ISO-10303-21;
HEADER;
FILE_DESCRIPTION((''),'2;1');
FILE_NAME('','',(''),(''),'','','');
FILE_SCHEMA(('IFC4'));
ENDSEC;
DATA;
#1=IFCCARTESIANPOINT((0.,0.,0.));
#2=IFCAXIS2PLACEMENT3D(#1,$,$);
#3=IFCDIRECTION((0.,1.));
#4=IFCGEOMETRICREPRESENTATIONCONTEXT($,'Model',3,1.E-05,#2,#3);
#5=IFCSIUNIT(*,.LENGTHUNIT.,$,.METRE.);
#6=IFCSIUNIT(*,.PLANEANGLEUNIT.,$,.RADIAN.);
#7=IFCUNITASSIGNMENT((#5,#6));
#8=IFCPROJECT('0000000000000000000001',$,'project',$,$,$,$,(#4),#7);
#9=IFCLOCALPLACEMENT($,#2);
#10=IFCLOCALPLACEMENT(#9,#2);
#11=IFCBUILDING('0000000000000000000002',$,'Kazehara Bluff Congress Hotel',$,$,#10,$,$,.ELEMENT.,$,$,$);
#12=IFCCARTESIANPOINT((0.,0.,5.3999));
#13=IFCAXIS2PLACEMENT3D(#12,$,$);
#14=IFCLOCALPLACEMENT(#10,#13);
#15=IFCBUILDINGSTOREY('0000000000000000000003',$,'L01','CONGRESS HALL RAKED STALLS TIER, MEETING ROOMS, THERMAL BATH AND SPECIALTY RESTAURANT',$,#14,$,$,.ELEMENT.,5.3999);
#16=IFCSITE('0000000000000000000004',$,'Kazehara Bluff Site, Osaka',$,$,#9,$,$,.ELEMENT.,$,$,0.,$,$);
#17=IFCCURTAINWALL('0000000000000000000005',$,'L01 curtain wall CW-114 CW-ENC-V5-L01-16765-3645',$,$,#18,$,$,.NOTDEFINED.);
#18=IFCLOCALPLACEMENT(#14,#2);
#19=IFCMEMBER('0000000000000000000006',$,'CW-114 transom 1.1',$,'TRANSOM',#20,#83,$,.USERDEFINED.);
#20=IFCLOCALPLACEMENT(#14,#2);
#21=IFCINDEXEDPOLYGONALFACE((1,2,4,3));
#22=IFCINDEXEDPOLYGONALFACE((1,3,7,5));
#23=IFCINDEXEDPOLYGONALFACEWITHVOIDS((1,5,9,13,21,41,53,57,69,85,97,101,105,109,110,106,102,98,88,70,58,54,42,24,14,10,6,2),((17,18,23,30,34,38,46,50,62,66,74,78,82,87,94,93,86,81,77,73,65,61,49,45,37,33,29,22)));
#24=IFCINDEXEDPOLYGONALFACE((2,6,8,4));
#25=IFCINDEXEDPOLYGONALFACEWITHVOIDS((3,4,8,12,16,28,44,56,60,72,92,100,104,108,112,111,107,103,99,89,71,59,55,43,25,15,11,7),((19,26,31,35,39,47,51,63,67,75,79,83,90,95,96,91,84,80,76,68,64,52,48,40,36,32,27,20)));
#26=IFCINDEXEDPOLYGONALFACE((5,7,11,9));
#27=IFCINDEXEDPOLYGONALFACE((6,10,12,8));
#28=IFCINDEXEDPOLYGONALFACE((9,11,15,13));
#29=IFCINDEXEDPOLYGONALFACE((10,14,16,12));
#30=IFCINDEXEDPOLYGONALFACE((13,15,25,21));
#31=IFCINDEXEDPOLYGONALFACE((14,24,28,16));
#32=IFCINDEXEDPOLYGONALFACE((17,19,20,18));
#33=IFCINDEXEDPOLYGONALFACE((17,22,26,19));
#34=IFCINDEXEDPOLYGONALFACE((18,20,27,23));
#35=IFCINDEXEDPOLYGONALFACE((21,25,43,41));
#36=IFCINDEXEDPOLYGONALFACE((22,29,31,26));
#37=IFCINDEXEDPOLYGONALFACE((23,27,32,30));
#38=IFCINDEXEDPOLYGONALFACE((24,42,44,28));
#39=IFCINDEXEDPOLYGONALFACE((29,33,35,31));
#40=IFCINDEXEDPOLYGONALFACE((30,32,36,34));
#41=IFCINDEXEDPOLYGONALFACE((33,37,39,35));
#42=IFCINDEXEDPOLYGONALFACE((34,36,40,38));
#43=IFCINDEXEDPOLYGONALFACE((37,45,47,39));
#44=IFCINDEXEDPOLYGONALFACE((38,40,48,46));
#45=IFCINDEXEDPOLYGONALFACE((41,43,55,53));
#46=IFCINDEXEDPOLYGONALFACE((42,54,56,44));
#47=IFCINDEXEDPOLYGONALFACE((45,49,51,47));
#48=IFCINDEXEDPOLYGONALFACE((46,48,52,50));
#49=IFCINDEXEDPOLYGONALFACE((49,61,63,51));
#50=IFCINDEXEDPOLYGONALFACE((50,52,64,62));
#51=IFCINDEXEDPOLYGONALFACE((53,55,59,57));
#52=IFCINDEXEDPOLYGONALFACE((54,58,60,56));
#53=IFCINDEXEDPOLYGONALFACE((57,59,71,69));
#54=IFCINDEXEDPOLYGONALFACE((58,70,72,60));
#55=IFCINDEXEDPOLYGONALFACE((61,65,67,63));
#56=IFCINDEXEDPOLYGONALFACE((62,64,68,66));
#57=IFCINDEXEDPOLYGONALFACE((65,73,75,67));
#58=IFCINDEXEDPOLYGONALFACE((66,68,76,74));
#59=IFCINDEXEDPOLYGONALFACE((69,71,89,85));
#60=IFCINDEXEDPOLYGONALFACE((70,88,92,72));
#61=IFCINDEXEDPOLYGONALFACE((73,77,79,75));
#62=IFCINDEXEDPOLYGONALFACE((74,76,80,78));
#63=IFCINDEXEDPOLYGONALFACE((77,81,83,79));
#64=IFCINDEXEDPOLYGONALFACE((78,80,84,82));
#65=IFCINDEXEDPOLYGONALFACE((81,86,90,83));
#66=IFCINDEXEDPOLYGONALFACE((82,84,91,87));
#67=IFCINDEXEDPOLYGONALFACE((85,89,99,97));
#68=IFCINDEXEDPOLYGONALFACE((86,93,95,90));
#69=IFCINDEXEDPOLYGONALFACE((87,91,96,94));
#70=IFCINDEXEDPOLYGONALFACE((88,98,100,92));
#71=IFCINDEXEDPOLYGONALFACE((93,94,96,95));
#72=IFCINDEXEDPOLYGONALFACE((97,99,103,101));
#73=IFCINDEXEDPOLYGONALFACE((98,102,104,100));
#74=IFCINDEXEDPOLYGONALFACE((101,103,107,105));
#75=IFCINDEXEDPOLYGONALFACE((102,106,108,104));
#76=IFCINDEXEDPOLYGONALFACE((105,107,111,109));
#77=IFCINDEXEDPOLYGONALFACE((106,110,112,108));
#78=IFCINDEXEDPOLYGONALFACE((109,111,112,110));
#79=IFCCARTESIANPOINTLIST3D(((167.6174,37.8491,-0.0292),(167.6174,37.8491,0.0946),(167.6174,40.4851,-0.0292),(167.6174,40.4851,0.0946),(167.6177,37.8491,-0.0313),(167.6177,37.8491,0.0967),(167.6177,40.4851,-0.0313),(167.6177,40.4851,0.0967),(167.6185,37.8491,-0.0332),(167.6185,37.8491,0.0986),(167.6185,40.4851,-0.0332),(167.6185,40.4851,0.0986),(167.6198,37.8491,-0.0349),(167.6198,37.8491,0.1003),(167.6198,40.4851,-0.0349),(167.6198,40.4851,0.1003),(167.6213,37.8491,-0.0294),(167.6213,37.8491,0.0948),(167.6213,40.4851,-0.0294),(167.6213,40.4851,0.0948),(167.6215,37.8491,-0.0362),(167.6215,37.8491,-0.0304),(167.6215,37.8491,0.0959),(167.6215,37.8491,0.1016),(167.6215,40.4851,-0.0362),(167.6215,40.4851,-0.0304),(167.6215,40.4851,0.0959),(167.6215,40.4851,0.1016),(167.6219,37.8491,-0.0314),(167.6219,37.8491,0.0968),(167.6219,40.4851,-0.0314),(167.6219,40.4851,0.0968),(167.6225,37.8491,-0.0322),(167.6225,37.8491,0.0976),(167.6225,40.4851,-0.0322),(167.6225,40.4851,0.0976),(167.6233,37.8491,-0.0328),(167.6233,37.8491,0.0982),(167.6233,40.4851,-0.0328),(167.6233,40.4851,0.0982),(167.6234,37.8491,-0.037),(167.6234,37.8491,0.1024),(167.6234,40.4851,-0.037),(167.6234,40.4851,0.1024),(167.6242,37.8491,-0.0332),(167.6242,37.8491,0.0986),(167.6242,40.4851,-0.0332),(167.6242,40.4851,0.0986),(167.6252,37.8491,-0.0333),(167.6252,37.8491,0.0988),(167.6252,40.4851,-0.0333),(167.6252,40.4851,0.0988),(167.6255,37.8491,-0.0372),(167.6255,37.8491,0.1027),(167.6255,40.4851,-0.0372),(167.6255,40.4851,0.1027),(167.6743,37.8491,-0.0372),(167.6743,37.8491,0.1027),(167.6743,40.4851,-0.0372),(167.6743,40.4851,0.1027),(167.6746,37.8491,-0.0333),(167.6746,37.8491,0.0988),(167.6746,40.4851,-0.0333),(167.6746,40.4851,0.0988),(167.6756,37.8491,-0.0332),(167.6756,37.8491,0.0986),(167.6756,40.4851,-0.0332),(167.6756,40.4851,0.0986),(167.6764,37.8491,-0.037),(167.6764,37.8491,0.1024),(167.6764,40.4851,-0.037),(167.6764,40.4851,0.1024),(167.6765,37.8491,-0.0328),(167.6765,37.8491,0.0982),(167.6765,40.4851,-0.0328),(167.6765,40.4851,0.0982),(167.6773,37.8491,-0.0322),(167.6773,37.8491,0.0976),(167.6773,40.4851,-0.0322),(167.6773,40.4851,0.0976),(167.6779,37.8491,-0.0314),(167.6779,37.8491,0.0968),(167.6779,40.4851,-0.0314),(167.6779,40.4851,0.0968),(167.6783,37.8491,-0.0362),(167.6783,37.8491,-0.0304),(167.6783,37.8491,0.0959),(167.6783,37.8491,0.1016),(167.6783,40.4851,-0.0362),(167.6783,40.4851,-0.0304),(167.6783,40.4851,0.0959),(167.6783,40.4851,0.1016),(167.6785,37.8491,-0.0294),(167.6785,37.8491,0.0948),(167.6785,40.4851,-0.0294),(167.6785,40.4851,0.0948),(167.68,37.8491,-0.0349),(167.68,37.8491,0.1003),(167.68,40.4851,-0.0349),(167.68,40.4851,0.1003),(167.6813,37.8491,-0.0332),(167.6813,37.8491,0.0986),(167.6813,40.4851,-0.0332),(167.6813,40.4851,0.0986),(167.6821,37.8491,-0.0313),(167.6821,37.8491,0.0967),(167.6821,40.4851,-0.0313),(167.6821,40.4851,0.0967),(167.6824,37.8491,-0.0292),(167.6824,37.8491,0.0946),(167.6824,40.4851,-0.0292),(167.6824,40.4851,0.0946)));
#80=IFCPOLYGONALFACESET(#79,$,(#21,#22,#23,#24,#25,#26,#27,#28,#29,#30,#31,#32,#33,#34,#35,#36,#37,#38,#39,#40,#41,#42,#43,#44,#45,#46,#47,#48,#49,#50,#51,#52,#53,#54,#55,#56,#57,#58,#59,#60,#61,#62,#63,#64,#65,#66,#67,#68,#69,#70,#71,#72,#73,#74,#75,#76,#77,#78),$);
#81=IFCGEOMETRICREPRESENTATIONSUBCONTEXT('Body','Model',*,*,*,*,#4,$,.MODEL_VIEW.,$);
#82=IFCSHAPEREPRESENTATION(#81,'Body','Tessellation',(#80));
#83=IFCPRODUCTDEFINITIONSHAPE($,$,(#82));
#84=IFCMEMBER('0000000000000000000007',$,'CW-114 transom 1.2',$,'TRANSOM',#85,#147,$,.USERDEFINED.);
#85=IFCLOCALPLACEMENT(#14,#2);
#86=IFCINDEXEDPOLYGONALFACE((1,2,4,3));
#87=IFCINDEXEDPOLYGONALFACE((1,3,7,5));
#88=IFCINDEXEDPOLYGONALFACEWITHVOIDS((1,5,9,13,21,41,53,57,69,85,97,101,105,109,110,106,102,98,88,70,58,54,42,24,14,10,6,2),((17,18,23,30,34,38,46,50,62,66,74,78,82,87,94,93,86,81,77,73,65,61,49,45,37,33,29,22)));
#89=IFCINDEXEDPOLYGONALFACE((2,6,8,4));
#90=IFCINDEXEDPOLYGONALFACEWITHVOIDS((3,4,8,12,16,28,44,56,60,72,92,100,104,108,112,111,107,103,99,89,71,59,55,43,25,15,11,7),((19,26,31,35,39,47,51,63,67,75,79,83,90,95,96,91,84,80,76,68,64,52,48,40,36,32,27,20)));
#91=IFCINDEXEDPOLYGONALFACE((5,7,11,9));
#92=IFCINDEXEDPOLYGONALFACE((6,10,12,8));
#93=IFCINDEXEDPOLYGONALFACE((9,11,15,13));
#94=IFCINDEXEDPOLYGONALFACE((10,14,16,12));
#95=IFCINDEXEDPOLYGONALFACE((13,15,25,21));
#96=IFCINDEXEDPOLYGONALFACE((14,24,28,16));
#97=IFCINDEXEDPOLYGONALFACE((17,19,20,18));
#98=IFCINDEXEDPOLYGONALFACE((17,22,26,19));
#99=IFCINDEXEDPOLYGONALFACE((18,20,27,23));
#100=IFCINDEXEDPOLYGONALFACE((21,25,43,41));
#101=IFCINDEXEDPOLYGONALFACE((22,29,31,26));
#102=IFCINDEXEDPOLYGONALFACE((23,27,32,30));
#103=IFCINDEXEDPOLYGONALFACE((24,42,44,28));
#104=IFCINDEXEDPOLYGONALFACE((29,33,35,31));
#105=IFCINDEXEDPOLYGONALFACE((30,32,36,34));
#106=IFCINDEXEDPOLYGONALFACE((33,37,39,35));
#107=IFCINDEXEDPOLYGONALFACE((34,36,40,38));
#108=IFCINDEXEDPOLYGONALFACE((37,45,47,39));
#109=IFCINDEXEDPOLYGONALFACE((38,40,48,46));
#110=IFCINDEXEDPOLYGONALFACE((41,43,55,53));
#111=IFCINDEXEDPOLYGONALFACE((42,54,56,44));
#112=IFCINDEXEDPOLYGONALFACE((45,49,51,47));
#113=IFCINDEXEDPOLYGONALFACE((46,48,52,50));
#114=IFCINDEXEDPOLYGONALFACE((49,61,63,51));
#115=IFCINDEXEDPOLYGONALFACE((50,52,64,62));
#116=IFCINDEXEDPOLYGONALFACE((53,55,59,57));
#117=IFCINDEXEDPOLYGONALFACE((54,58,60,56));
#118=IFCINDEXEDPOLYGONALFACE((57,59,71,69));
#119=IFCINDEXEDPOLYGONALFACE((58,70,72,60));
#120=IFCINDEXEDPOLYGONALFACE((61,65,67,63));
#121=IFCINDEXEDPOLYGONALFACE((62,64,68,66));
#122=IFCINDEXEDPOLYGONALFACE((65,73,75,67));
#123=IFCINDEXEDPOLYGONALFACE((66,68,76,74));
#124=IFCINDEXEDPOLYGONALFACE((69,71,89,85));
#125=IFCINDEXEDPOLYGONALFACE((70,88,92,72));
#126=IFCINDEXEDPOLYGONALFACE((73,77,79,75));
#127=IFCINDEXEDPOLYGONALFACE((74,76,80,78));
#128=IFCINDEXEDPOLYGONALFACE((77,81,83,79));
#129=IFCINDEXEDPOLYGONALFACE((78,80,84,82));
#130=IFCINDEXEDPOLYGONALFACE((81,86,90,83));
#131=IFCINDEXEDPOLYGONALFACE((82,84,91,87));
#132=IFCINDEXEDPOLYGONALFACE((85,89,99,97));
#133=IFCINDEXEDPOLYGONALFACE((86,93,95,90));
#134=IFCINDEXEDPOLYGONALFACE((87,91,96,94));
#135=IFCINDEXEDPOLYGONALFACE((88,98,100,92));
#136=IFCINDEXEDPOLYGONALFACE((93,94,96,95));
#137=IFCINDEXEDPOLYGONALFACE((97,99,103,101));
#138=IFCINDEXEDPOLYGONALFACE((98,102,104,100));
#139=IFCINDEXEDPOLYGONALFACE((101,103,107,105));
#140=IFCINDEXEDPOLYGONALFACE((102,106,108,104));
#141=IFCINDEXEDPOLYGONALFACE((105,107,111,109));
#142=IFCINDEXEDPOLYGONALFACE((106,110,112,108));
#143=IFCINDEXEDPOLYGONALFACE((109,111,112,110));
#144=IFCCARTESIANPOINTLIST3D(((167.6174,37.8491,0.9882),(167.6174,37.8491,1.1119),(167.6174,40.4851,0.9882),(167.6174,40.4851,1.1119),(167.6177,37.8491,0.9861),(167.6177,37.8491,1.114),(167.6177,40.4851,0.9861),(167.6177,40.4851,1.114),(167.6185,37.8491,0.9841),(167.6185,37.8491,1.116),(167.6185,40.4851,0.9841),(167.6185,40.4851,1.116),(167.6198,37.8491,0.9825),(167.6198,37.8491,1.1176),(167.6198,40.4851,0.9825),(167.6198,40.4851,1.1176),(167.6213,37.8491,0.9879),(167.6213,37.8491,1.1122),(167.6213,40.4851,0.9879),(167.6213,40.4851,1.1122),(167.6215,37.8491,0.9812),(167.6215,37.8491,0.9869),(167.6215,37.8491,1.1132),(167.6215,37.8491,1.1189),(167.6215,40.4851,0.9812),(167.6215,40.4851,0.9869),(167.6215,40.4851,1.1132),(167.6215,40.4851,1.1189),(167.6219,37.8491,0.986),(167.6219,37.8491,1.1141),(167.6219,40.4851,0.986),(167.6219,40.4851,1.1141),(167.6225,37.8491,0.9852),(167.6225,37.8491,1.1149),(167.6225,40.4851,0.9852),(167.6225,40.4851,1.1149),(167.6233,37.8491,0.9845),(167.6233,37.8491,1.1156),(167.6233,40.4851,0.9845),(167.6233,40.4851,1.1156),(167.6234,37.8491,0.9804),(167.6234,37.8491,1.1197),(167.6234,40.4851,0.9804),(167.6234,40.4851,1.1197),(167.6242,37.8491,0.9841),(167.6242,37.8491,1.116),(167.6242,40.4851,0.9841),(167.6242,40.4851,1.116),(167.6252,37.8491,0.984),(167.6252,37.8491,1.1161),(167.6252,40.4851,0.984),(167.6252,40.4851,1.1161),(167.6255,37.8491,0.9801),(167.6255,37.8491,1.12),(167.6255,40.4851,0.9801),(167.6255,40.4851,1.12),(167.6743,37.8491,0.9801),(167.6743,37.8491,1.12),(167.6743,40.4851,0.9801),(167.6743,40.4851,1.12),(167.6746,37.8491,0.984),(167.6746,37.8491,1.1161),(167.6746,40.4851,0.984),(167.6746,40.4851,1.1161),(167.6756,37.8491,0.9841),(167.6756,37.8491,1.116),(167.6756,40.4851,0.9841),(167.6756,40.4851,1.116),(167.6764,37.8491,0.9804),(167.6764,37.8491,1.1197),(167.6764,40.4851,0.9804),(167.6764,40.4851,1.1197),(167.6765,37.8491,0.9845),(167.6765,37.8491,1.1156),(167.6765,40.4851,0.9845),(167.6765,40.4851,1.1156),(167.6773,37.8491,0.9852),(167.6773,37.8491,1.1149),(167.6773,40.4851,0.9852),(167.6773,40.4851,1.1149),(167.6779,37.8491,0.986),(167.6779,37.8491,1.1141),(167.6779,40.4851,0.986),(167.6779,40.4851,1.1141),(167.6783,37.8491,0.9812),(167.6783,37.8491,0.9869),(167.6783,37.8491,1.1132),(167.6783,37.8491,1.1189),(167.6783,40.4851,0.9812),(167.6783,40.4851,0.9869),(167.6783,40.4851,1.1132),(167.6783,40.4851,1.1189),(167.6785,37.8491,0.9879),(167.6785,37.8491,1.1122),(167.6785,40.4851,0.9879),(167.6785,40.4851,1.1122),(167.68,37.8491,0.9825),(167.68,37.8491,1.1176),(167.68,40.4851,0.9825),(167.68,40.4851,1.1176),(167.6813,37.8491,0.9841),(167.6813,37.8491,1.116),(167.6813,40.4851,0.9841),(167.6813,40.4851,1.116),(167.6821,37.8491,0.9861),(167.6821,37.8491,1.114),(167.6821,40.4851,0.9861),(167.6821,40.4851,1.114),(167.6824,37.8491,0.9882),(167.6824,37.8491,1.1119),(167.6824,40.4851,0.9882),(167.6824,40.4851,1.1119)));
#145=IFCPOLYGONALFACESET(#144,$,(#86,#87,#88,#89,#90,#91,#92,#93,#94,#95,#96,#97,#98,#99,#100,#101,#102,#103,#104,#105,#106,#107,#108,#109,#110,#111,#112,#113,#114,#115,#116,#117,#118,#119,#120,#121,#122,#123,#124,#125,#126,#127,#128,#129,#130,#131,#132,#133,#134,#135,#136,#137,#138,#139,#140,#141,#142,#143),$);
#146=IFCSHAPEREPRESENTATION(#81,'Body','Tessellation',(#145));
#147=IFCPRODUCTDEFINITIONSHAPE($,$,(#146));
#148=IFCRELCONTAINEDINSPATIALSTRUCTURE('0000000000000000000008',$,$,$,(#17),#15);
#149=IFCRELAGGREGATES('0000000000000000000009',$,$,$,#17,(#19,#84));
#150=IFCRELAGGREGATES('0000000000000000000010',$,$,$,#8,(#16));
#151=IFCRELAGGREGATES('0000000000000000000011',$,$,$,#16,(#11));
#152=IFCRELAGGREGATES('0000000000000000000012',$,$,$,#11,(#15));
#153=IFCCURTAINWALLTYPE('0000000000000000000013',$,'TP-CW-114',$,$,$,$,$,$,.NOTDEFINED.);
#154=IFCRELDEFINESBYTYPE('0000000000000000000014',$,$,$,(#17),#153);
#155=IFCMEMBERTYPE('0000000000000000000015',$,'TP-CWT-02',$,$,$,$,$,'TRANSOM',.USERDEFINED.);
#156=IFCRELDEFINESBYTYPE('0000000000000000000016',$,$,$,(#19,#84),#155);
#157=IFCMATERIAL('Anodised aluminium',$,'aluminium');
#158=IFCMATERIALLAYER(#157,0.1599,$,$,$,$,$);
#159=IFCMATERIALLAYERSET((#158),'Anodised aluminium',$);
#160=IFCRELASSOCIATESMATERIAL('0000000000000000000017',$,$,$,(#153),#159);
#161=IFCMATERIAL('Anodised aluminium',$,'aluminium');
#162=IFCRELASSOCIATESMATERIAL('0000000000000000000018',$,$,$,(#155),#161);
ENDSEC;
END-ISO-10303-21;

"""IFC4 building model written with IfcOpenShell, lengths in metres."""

from ifc_helpers import new_model, si_unit, direction, frame, origin, origin_2d, place, context, subcontext, project, spatial, hollow_rectangle, extrude, material, layer, layer_set, material_profile, profile_set, type_object, element, aggregate, save


model = new_model("IFC4")

# Units and contexts
model_context = context("Model", 3, precision=1e-05, world=origin(), true_north=direction((0.0, 1.0)))
body_context = subcontext(model_context, "Body", "Model", "MODEL_VIEW")
ifc_project = project(units=[si_unit("LENGTHUNIT", "METRE"), si_unit("PLANEANGLEUNIT", "RADIAN")], contexts=[model_context])

# Site, building, storey
site_placement = place(None, origin())
site = spatial("IfcSite", under=ifc_project, at=site_placement, Name="Kazehara Bluff Site, Osaka", CompositionType="ELEMENT", RefElevation=0.0)
building_placement = place(site_placement, origin())
building = spatial("IfcBuilding", under=site, at=building_placement, Name="Kazehara Bluff Congress Hotel", CompositionType="ELEMENT")
storey_placement = place(building_placement, frame((0.0, 0.0, 5.3999)))
storey = spatial("IfcBuildingStorey", under=building, at=storey_placement, Name="L01", Description="CONGRESS HALL RAKED STALLS TIER, MEETING ROOMS, THERMAL BATH AND SPECIALTY RESTAURANT", CompositionType="ELEMENT", Elevation=5.3999)

# Curtain wall
ifc_material_1 = material(Name="Anodised aluminium", Category="aluminium")
ifc_layer_1 = layer(ifc_material_1, 0.1599)
ifc_layer_set_1 = layer_set([ifc_layer_1], Name="Anodised aluminium")
curtain_wall_type_1 = type_object("IfcCurtainWallType", Name="TP-CW-114", PredefinedType="NOTDEFINED", material=ifc_layer_set_1)
curtain_wall_1_placement = place(storey_placement, origin())
curtain_wall_1 = element("IfcCurtainWall", 1, at=curtain_wall_1_placement, inside=storey, type_object=curtain_wall_type_1, Name="L01 curtain wall CW-114 CW-ENC-V5-L01-16765-3645", PredefinedType="NOTDEFINED")

# Members
ifc_material_2 = material(Name="Anodised aluminium", Category="aluminium")
ifc_material_profile_1 = material_profile(ifc_material_2, hollow_rectangle(XDim=0.0649, YDim=0.1399, WallThickness=0.0039, InnerFilletRadius=0.0039, OuterFilletRadius=0.0081, at=origin_2d()))
ifc_profile_set_1 = profile_set([ifc_material_profile_1], Name="Anodised aluminium")
member_type_1 = type_object("IfcMemberType", Name="TP-CWT-02", ElementType="TRANSOM", PredefinedType="USERDEFINED", material=ifc_profile_set_1)
member_1_placement = place(storey_placement, frame((167.6499, 40.4851, 0.0327), z_axis=(0.0, -1.0, 0.0), x_axis=(1.0, 0.0, 0.0)))
member_1 = element("IfcMember", 2, at=member_1_placement, type_object=member_type_1, Name="CW-114 transom 1.1", ObjectType="TRANSOM", PredefinedType="USERDEFINED", context=body_context, shape_type="SweptSolid", body=[
    extrude(hollow_rectangle(XDim=0.0649, YDim=0.1399, WallThickness=0.0039, InnerFilletRadius=0.0039, OuterFilletRadius=0.0081, at=origin_2d()), origin(), (0.0, 0.0, 1.0), 2.636),
])
member_2_placement = place(storey_placement, frame((167.6499, 40.4851, 1.05), z_axis=(0.0, -1.0, 0.0), x_axis=(1.0, 0.0, 0.0)))
member_2 = element("IfcMember", 3, at=member_2_placement, type_object=member_type_1, Name="CW-114 transom 1.2", ObjectType="TRANSOM", PredefinedType="USERDEFINED", context=body_context, shape_type="SweptSolid", body=[
    extrude(hollow_rectangle(XDim=0.0649, YDim=0.1399, WallThickness=0.0039, InnerFilletRadius=0.0039, OuterFilletRadius=0.0081, at=origin_2d()), origin(), (0.0, 0.0, 1.0), 2.636),
])

aggregate(curtain_wall_1, [member_1, member_2])

save(model, "model.ifc")
